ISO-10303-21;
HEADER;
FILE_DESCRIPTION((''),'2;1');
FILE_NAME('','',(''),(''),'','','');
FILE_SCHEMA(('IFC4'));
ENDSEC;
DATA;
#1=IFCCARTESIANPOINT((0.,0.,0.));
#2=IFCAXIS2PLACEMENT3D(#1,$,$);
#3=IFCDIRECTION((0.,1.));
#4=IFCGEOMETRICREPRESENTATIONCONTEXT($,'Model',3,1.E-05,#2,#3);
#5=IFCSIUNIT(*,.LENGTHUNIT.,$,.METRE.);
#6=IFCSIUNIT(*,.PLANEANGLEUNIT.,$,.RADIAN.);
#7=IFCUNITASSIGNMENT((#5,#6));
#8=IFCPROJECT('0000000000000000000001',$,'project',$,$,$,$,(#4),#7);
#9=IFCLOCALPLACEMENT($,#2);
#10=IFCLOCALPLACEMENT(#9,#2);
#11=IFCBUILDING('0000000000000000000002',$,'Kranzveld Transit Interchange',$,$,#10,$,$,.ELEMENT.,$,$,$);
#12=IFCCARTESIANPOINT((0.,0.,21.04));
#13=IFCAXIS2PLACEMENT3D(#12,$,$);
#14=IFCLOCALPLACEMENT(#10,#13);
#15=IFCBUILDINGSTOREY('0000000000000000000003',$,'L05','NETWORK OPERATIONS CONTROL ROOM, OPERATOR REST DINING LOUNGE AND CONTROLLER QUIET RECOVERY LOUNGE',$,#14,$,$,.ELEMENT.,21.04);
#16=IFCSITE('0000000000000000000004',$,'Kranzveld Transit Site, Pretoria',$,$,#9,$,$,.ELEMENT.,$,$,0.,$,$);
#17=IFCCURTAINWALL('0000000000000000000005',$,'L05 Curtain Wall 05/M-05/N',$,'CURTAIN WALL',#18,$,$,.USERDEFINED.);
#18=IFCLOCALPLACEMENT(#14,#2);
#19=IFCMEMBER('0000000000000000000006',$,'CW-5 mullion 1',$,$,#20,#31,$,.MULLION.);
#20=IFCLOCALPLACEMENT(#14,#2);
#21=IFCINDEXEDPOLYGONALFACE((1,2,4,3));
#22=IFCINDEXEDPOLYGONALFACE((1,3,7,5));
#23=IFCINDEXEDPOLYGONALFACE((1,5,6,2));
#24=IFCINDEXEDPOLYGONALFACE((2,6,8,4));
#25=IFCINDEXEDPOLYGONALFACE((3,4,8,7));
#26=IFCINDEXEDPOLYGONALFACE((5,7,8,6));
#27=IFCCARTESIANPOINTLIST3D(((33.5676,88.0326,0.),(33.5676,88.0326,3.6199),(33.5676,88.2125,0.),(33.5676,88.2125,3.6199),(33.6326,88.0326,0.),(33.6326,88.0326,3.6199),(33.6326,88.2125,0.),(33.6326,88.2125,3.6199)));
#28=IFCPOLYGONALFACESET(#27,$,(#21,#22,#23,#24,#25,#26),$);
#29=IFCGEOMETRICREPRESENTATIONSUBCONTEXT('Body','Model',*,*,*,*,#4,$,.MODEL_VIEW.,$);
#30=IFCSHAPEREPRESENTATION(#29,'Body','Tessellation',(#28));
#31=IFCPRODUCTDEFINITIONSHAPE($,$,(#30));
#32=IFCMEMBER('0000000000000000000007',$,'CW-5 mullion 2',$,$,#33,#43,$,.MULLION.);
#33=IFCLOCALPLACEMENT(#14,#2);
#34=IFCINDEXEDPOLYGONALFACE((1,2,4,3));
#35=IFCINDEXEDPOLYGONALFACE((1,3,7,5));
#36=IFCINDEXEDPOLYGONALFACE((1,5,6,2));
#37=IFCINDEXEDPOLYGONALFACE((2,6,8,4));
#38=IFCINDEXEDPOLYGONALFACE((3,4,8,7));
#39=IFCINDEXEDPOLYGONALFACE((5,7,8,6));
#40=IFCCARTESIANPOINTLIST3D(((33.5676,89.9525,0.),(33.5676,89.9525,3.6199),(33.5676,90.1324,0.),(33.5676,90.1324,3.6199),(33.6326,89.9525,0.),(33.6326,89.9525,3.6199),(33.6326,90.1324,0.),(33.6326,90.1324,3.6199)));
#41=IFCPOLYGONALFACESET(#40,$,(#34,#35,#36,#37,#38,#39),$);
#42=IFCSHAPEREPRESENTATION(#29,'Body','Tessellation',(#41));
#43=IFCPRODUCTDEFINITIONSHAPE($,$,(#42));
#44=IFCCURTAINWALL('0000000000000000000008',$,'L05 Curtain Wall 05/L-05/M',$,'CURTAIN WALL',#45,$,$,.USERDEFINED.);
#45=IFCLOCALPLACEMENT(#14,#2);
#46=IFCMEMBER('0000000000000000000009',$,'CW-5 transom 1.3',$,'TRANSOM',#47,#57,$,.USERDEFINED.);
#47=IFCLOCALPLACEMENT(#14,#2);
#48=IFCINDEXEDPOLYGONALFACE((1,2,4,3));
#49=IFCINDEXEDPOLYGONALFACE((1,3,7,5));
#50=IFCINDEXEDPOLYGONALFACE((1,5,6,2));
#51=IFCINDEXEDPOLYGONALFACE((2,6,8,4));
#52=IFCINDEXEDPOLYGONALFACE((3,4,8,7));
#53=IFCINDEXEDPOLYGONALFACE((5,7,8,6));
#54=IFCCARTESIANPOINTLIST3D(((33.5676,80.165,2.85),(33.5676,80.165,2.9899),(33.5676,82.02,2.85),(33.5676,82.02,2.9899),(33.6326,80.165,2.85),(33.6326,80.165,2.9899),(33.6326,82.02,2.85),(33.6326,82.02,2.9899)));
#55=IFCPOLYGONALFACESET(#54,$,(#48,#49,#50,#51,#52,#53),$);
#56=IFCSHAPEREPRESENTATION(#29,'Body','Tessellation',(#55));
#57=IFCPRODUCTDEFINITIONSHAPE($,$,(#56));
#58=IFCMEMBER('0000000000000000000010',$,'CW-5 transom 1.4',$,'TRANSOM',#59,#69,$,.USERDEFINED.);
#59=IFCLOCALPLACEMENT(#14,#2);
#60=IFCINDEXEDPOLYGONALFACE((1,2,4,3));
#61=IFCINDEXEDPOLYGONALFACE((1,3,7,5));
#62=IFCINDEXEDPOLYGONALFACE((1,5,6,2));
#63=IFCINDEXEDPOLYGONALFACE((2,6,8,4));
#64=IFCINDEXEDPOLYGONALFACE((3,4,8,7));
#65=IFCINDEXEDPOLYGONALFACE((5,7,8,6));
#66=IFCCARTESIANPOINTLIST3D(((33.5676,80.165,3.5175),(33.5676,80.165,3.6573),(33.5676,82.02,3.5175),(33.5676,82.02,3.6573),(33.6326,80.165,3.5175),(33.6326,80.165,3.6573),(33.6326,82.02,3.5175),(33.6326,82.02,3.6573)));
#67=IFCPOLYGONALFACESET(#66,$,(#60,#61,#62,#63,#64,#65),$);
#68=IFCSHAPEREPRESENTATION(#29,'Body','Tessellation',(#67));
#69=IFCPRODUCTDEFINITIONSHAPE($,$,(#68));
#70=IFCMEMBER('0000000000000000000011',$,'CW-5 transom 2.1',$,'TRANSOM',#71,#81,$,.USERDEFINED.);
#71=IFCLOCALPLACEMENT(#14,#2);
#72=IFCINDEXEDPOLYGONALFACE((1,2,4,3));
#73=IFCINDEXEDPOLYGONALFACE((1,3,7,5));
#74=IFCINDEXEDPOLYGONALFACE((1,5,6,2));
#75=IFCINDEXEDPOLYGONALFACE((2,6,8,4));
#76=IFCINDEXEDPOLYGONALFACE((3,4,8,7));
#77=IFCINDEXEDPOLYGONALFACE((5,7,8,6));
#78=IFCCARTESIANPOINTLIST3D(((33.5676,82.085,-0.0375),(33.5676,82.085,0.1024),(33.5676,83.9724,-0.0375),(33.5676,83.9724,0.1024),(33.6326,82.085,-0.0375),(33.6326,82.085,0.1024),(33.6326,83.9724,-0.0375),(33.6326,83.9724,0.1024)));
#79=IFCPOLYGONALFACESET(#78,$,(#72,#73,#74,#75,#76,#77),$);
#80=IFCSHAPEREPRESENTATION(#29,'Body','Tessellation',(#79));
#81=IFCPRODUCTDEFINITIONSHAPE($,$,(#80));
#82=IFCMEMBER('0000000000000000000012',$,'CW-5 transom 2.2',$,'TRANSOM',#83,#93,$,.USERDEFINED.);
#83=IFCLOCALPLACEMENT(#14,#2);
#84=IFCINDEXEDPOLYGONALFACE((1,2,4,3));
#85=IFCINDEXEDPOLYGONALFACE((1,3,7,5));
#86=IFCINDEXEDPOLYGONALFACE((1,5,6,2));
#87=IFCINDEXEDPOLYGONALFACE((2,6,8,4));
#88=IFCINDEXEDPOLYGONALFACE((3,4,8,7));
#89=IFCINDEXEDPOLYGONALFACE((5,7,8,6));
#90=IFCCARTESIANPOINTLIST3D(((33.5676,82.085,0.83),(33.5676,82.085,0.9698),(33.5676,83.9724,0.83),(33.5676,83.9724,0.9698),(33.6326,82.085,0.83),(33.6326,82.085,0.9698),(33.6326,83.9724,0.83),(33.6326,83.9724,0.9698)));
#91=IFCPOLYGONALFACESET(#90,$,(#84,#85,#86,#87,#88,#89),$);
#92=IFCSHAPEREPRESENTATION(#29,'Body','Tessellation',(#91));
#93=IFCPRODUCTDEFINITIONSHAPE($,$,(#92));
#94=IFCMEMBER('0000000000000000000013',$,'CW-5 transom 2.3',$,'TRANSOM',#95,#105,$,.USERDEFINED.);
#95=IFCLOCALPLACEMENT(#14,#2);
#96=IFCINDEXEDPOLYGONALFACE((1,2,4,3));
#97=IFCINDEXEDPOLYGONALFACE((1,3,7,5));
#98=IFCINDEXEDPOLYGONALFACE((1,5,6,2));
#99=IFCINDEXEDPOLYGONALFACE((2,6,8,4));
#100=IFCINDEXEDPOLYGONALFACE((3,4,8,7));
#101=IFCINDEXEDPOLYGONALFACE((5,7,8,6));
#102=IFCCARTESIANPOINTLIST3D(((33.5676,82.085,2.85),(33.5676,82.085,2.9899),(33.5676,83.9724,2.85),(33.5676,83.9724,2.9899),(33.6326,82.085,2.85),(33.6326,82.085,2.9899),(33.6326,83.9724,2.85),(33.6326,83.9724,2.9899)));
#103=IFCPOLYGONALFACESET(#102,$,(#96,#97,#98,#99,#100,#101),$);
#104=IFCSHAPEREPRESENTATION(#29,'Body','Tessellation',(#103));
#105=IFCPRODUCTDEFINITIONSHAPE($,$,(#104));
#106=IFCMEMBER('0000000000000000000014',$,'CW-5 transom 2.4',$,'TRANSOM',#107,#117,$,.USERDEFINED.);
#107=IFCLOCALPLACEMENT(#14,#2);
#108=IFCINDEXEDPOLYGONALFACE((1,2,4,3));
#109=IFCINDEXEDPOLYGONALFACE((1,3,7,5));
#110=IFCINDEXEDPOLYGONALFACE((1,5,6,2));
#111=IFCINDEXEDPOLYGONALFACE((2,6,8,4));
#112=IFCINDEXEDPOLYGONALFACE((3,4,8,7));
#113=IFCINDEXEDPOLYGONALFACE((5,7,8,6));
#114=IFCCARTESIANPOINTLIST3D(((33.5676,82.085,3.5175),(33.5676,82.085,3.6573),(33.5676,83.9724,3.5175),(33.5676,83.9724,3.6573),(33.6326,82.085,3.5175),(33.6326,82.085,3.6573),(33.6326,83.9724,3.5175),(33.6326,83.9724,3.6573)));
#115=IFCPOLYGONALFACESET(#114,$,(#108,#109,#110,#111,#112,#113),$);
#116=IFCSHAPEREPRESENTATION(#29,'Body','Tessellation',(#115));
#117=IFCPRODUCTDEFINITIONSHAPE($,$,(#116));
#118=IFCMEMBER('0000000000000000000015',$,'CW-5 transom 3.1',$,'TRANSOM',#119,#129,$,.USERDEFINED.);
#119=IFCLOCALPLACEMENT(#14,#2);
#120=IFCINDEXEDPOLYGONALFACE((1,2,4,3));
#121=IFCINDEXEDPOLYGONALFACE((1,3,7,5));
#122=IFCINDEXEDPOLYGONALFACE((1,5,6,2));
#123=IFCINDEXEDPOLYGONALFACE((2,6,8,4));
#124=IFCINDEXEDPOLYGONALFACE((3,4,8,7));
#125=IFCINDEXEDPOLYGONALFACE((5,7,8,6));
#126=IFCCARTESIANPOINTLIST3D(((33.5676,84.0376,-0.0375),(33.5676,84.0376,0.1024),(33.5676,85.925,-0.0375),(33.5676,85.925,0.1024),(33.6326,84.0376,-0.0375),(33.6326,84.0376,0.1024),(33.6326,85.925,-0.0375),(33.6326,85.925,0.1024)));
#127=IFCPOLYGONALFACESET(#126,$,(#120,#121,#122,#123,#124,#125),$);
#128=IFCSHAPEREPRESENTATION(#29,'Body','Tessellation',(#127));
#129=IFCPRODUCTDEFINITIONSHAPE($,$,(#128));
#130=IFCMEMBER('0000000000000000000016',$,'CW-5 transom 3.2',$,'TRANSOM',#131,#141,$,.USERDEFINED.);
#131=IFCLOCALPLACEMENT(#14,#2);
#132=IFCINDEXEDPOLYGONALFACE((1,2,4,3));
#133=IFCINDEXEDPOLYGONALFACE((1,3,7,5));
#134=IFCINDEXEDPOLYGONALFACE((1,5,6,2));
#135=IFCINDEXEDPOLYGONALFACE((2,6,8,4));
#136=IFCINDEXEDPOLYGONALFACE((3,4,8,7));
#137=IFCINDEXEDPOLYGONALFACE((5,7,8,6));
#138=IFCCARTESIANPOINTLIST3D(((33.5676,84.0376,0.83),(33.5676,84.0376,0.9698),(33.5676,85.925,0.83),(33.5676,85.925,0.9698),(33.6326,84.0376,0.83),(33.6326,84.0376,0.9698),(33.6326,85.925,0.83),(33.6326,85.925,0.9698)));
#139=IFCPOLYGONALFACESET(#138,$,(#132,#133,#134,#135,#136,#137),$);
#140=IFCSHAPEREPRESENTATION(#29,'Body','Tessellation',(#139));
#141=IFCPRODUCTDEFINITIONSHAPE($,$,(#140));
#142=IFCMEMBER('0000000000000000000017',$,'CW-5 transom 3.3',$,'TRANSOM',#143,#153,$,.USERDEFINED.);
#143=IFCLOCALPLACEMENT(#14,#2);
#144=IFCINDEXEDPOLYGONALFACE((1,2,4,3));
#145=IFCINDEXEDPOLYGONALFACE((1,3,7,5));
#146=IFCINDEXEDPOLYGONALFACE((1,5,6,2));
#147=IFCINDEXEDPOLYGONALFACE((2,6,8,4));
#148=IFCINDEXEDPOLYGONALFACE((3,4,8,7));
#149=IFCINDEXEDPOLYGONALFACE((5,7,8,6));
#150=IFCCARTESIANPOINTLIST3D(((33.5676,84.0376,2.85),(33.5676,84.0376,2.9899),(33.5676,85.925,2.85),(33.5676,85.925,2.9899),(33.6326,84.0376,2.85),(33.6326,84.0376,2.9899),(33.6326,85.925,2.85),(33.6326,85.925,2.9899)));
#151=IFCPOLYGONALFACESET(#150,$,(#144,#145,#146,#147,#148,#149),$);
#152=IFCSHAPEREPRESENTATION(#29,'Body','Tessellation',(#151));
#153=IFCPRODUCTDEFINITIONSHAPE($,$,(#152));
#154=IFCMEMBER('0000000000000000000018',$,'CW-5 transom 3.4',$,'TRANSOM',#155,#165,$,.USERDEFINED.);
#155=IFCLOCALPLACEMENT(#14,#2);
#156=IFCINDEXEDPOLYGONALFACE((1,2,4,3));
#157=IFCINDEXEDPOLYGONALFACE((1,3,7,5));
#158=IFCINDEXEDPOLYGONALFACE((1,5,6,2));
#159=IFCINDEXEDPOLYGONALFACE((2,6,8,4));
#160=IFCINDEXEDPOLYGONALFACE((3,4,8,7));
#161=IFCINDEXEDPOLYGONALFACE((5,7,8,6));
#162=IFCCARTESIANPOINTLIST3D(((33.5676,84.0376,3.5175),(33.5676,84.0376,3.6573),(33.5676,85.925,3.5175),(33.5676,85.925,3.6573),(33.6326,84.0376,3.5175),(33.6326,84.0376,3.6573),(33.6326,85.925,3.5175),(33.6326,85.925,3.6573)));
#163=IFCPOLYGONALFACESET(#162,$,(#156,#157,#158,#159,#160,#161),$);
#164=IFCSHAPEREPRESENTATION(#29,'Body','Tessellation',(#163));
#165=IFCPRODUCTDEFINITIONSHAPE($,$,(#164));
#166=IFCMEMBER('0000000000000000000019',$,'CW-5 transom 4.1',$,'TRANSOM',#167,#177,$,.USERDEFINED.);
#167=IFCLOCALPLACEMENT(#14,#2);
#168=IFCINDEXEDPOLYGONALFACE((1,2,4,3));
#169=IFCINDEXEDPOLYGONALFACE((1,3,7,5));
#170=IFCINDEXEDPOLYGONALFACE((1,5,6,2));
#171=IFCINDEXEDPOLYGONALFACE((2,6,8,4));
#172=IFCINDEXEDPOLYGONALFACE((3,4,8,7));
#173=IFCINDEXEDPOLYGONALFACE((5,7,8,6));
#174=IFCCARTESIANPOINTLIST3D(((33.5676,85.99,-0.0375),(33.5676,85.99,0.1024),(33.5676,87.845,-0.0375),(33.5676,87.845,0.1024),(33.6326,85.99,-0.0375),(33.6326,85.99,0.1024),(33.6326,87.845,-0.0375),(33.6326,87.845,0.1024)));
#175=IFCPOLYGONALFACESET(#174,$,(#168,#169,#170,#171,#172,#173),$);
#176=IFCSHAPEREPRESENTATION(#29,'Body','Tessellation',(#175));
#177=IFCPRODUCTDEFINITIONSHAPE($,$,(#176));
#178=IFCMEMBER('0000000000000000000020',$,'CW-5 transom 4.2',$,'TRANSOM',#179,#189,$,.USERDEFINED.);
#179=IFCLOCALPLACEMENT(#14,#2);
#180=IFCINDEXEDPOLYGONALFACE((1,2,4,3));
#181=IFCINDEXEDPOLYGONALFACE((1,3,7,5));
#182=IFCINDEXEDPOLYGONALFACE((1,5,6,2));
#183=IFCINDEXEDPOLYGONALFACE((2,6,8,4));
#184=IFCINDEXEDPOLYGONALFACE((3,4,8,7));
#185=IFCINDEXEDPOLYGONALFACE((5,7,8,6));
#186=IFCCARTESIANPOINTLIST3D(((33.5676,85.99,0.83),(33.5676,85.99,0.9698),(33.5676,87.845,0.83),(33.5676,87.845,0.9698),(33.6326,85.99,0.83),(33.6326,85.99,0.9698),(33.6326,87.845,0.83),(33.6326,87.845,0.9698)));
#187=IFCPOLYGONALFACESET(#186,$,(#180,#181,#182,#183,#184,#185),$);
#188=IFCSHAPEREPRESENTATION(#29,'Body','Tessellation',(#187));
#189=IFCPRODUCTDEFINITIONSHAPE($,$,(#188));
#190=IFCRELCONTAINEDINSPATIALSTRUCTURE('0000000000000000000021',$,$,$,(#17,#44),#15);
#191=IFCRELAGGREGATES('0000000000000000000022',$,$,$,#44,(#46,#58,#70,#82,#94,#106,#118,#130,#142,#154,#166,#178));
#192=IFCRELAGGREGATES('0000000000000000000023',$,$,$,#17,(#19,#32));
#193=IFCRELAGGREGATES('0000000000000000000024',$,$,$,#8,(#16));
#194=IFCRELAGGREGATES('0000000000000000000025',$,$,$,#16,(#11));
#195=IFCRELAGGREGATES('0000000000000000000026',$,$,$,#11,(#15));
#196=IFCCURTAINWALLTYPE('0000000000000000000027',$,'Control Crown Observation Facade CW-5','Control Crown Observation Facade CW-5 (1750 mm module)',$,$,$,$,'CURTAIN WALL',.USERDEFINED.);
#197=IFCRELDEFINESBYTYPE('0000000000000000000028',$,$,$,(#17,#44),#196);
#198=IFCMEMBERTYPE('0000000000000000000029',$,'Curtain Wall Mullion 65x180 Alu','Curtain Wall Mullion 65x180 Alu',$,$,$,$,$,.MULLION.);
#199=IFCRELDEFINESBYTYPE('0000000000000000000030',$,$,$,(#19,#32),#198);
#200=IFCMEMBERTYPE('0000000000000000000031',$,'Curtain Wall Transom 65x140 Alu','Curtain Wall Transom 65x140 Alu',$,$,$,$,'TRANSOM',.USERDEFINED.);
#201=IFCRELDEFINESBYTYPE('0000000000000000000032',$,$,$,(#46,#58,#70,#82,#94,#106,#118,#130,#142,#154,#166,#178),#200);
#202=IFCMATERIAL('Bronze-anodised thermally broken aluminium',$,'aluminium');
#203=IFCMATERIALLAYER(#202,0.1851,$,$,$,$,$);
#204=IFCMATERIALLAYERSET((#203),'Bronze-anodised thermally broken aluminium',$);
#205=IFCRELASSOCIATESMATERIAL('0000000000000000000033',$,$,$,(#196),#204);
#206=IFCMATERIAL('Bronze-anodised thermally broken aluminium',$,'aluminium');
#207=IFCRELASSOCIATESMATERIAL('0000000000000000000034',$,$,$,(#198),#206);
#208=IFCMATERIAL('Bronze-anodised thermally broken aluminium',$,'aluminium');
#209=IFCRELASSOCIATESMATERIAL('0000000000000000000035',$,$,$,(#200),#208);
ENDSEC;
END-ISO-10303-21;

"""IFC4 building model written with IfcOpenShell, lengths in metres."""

from ifc_helpers import new_model, si_unit, direction, frame, origin, origin_2d, place, context, subcontext, project, spatial, rectangle, extrude, material, layer, layer_set, material_profile, profile_set, type_object, element, aggregate, save


model = new_model("IFC4")

# Units and contexts
model_context = context("Model", 3, precision=1e-05, world=origin(), true_north=direction((0.0, 1.0)))
body_context = subcontext(model_context, "Body", "Model", "MODEL_VIEW")
ifc_project = project(units=[si_unit("LENGTHUNIT", "METRE"), si_unit("PLANEANGLEUNIT", "RADIAN")], contexts=[model_context])

# Site, building, storey
site_placement = place(None, origin())
site = spatial("IfcSite", under=ifc_project, at=site_placement, Name="Kranzveld Transit Site, Pretoria", CompositionType="ELEMENT", RefElevation=0.0)
building_placement = place(site_placement, origin())
building = spatial("IfcBuilding", under=site, at=building_placement, Name="Kranzveld Transit Interchange", CompositionType="ELEMENT")
storey_placement = place(building_placement, frame((0.0, 0.0, 21.04)))
storey = spatial("IfcBuildingStorey", under=building, at=storey_placement, Name="L05", Description="NETWORK OPERATIONS CONTROL ROOM, OPERATOR REST DINING LOUNGE AND CONTROLLER QUIET RECOVERY LOUNGE", CompositionType="ELEMENT", Elevation=21.04)

# Curtain walls, members
ifc_material_1 = material(Name="Bronze-anodised thermally broken aluminium", Category="aluminium")
ifc_layer_1 = layer(ifc_material_1, 0.1851)
ifc_layer_set_1 = layer_set([ifc_layer_1], Name="Bronze-anodised thermally broken aluminium")
curtain_wall_type = type_object("IfcCurtainWallType", Name="Control Crown Observation Facade CW-5", Description="Control Crown Observation Facade CW-5 (1750 mm module)", ElementType="CURTAIN WALL", PredefinedType="USERDEFINED", material=ifc_layer_set_1)
curtain_wall_1_placement = place(storey_placement, origin())
curtain_wall_1 = element("IfcCurtainWall", 1, at=curtain_wall_1_placement, inside=storey, type_object=curtain_wall_type, Name="L05 Curtain Wall 05/M-05/N", ObjectType="CURTAIN WALL", PredefinedType="USERDEFINED")
ifc_material_2 = material(Name="Bronze-anodised thermally broken aluminium", Category="aluminium")
ifc_material_profile_1 = material_profile(ifc_material_2, rectangle(XDim=0.0649, YDim=0.1799, at=origin_2d()), Name="ALU MULLION 65x180")
ifc_profile_set_1 = profile_set([ifc_material_profile_1], Name="Bronze-anodised thermally broken aluminium")
member_type_1 = type_object("IfcMemberType", Name="Curtain Wall Mullion 65x180 Alu", Description="Curtain Wall Mullion 65x180 Alu", PredefinedType="MULLION", material=ifc_profile_set_1)
member_1_placement = place(storey_placement, frame((33.6001, 88.1226, 0.0), z_axis=(0.0, 0.0, 1.0), x_axis=(-1.0, 0.0, 0.0)))
member_1 = element("IfcMember", 2, at=member_1_placement, type_object=member_type_1, Name="CW-5 mullion 1", PredefinedType="MULLION", context=body_context, shape_type="SweptSolid", body=[
    extrude(rectangle(XDim=0.0649, YDim=0.1799, at=origin_2d()), origin(), (0.0, 0.0, 1.0), 3.6199),
])
member_2_placement = place(storey_placement, frame((33.6001, 90.0425, 0.0), z_axis=(0.0, 0.0, 1.0), x_axis=(-1.0, 0.0, 0.0)))
member_2 = element("IfcMember", 3, at=member_2_placement, type_object=member_type_1, Name="CW-5 mullion 2", PredefinedType="MULLION", context=body_context, shape_type="SweptSolid", body=[
    extrude(rectangle(XDim=0.0649, YDim=0.1799, at=origin_2d()), origin(), (0.0, 0.0, 1.0), 3.6199),
])
curtain_wall_2_placement = place(storey_placement, origin())
curtain_wall_2 = element("IfcCurtainWall", 4, at=curtain_wall_2_placement, inside=storey, type_object=curtain_wall_type, Name="L05 Curtain Wall 05/L-05/M", ObjectType="CURTAIN WALL", PredefinedType="USERDEFINED")
ifc_material_3 = material(Name="Bronze-anodised thermally broken aluminium", Category="aluminium")
ifc_material_profile_2 = material_profile(ifc_material_3, rectangle(XDim=0.0649, YDim=0.1399, at=origin_2d()), Name="ALU TRANSOM 65x140")
ifc_profile_set_2 = profile_set([ifc_material_profile_2], Name="Bronze-anodised thermally broken aluminium")
member_type_2 = type_object("IfcMemberType", Name="Curtain Wall Transom 65x140 Alu", Description="Curtain Wall Transom 65x140 Alu", ElementType="TRANSOM", PredefinedType="USERDEFINED", material=ifc_profile_set_2)
member_3_placement = place(storey_placement, frame((33.6001, 80.165, 2.9199), z_axis=(0.0, 1.0, 0.0), x_axis=(-1.0, 0.0, 0.0)))
member_3 = element("IfcMember", 5, at=member_3_placement, type_object=member_type_2, Name="CW-5 transom 1.3", ObjectType="TRANSOM", PredefinedType="USERDEFINED", context=body_context, shape_type="SweptSolid", body=[
    extrude(rectangle(XDim=0.0649, YDim=0.1399, at=origin_2d()), origin(), (0.0, 0.0, 1.0), 1.855),
])
member_4_placement = place(storey_placement, frame((33.6001, 80.165, 3.5874), z_axis=(0.0, 1.0, 0.0), x_axis=(-1.0, 0.0, 0.0)))
member_4 = element("IfcMember", 6, at=member_4_placement, type_object=member_type_2, Name="CW-5 transom 1.4", ObjectType="TRANSOM", PredefinedType="USERDEFINED", context=body_context, shape_type="SweptSolid", body=[
    extrude(rectangle(XDim=0.0649, YDim=0.1399, at=origin_2d()), origin(), (0.0, 0.0, 1.0), 1.855),
])
member_5_placement = place(storey_placement, frame((33.6001, 82.085, 0.0325), z_axis=(0.0, 1.0, 0.0), x_axis=(-1.0, 0.0, 0.0)))
member_5 = element("IfcMember", 7, at=member_5_placement, type_object=member_type_2, Name="CW-5 transom 2.1", ObjectType="TRANSOM", PredefinedType="USERDEFINED", context=body_context, shape_type="SweptSolid", body=[
    extrude(rectangle(XDim=0.0649, YDim=0.1399, at=origin_2d()), origin(), (0.0, 0.0, 1.0), 1.8875),
])
member_6_placement = place(storey_placement, frame((33.6001, 82.085, 0.8999), z_axis=(0.0, 1.0, 0.0), x_axis=(-1.0, 0.0, 0.0)))
member_6 = element("IfcMember", 8, at=member_6_placement, type_object=member_type_2, Name="CW-5 transom 2.2", ObjectType="TRANSOM", PredefinedType="USERDEFINED", context=body_context, shape_type="SweptSolid", body=[
    extrude(rectangle(XDim=0.0649, YDim=0.1399, at=origin_2d()), origin(), (0.0, 0.0, 1.0), 1.8875),
])
member_7_placement = place(storey_placement, frame((33.6001, 82.085, 2.9199), z_axis=(0.0, 1.0, 0.0), x_axis=(-1.0, 0.0, 0.0)))
member_7 = element("IfcMember", 9, at=member_7_placement, type_object=member_type_2, Name="CW-5 transom 2.3", ObjectType="TRANSOM", PredefinedType="USERDEFINED", context=body_context, shape_type="SweptSolid", body=[
    extrude(rectangle(XDim=0.0649, YDim=0.1399, at=origin_2d()), origin(), (0.0, 0.0, 1.0), 1.8875),
])
member_8_placement = place(storey_placement, frame((33.6001, 82.085, 3.5874), z_axis=(0.0, 1.0, 0.0), x_axis=(-1.0, 0.0, 0.0)))
member_8 = element("IfcMember", 10, at=member_8_placement, type_object=member_type_2, Name="CW-5 transom 2.4", ObjectType="TRANSOM", PredefinedType="USERDEFINED", context=body_context, shape_type="SweptSolid", body=[
    extrude(rectangle(XDim=0.0649, YDim=0.1399, at=origin_2d()), origin(), (0.0, 0.0, 1.0), 1.8875),
])
member_9_placement = place(storey_placement, frame((33.6001, 84.0376, 0.0325), z_axis=(0.0, 1.0, 0.0), x_axis=(-1.0, 0.0, 0.0)))
member_9 = element("IfcMember", 11, at=member_9_placement, type_object=member_type_2, Name="CW-5 transom 3.1", ObjectType="TRANSOM", PredefinedType="USERDEFINED", context=body_context, shape_type="SweptSolid", body=[
    extrude(rectangle(XDim=0.0649, YDim=0.1399, at=origin_2d()), origin(), (0.0, 0.0, 1.0), 1.8875),
])
member_10_placement = place(storey_placement, frame((33.6001, 84.0376, 0.8999), z_axis=(0.0, 1.0, 0.0), x_axis=(-1.0, 0.0, 0.0)))
member_10 = element("IfcMember", 12, at=member_10_placement, type_object=member_type_2, Name="CW-5 transom 3.2", ObjectType="TRANSOM", PredefinedType="USERDEFINED", context=body_context, shape_type="SweptSolid", body=[
    extrude(rectangle(XDim=0.0649, YDim=0.1399, at=origin_2d()), origin(), (0.0, 0.0, 1.0), 1.8875),
])
member_11_placement = place(storey_placement, frame((33.6001, 84.0376, 2.9199), z_axis=(0.0, 1.0, 0.0), x_axis=(-1.0, 0.0, 0.0)))
member_11 = element("IfcMember", 13, at=member_11_placement, type_object=member_type_2, Name="CW-5 transom 3.3", ObjectType="TRANSOM", PredefinedType="USERDEFINED", context=body_context, shape_type="SweptSolid", body=[
    extrude(rectangle(XDim=0.0649, YDim=0.1399, at=origin_2d()), origin(), (0.0, 0.0, 1.0), 1.8875),
])
member_12_placement = place(storey_placement, frame((33.6001, 84.0376, 3.5874), z_axis=(0.0, 1.0, 0.0), x_axis=(-1.0, 0.0, 0.0)))
member_12 = element("IfcMember", 14, at=member_12_placement, type_object=member_type_2, Name="CW-5 transom 3.4", ObjectType="TRANSOM", PredefinedType="USERDEFINED", context=body_context, shape_type="SweptSolid", body=[
    extrude(rectangle(XDim=0.0649, YDim=0.1399, at=origin_2d()), origin(), (0.0, 0.0, 1.0), 1.8875),
])
member_13_placement = place(storey_placement, frame((33.6001, 85.99, 0.0325), z_axis=(0.0, 1.0, 0.0), x_axis=(-1.0, 0.0, 0.0)))
member_13 = element("IfcMember", 15, at=member_13_placement, type_object=member_type_2, Name="CW-5 transom 4.1", ObjectType="TRANSOM", PredefinedType="USERDEFINED", context=body_context, shape_type="SweptSolid", body=[
    extrude(rectangle(XDim=0.0649, YDim=0.1399, at=origin_2d()), origin(), (0.0, 0.0, 1.0), 1.855),
])
member_14_placement = place(storey_placement, frame((33.6001, 85.99, 0.8999), z_axis=(0.0, 1.0, 0.0), x_axis=(-1.0, 0.0, 0.0)))
member_14 = element("IfcMember", 16, at=member_14_placement, type_object=member_type_2, Name="CW-5 transom 4.2", ObjectType="TRANSOM", PredefinedType="USERDEFINED", context=body_context, shape_type="SweptSolid", body=[
    extrude(rectangle(XDim=0.0649, YDim=0.1399, at=origin_2d()), origin(), (0.0, 0.0, 1.0), 1.855),
])

aggregate(curtain_wall_2, [member_3, member_4, member_5, member_6, member_7, member_8, member_9, member_10, member_11, member_12, member_13, member_14])
aggregate(curtain_wall_1, [member_1, member_2])

save(model, "model.ifc")
